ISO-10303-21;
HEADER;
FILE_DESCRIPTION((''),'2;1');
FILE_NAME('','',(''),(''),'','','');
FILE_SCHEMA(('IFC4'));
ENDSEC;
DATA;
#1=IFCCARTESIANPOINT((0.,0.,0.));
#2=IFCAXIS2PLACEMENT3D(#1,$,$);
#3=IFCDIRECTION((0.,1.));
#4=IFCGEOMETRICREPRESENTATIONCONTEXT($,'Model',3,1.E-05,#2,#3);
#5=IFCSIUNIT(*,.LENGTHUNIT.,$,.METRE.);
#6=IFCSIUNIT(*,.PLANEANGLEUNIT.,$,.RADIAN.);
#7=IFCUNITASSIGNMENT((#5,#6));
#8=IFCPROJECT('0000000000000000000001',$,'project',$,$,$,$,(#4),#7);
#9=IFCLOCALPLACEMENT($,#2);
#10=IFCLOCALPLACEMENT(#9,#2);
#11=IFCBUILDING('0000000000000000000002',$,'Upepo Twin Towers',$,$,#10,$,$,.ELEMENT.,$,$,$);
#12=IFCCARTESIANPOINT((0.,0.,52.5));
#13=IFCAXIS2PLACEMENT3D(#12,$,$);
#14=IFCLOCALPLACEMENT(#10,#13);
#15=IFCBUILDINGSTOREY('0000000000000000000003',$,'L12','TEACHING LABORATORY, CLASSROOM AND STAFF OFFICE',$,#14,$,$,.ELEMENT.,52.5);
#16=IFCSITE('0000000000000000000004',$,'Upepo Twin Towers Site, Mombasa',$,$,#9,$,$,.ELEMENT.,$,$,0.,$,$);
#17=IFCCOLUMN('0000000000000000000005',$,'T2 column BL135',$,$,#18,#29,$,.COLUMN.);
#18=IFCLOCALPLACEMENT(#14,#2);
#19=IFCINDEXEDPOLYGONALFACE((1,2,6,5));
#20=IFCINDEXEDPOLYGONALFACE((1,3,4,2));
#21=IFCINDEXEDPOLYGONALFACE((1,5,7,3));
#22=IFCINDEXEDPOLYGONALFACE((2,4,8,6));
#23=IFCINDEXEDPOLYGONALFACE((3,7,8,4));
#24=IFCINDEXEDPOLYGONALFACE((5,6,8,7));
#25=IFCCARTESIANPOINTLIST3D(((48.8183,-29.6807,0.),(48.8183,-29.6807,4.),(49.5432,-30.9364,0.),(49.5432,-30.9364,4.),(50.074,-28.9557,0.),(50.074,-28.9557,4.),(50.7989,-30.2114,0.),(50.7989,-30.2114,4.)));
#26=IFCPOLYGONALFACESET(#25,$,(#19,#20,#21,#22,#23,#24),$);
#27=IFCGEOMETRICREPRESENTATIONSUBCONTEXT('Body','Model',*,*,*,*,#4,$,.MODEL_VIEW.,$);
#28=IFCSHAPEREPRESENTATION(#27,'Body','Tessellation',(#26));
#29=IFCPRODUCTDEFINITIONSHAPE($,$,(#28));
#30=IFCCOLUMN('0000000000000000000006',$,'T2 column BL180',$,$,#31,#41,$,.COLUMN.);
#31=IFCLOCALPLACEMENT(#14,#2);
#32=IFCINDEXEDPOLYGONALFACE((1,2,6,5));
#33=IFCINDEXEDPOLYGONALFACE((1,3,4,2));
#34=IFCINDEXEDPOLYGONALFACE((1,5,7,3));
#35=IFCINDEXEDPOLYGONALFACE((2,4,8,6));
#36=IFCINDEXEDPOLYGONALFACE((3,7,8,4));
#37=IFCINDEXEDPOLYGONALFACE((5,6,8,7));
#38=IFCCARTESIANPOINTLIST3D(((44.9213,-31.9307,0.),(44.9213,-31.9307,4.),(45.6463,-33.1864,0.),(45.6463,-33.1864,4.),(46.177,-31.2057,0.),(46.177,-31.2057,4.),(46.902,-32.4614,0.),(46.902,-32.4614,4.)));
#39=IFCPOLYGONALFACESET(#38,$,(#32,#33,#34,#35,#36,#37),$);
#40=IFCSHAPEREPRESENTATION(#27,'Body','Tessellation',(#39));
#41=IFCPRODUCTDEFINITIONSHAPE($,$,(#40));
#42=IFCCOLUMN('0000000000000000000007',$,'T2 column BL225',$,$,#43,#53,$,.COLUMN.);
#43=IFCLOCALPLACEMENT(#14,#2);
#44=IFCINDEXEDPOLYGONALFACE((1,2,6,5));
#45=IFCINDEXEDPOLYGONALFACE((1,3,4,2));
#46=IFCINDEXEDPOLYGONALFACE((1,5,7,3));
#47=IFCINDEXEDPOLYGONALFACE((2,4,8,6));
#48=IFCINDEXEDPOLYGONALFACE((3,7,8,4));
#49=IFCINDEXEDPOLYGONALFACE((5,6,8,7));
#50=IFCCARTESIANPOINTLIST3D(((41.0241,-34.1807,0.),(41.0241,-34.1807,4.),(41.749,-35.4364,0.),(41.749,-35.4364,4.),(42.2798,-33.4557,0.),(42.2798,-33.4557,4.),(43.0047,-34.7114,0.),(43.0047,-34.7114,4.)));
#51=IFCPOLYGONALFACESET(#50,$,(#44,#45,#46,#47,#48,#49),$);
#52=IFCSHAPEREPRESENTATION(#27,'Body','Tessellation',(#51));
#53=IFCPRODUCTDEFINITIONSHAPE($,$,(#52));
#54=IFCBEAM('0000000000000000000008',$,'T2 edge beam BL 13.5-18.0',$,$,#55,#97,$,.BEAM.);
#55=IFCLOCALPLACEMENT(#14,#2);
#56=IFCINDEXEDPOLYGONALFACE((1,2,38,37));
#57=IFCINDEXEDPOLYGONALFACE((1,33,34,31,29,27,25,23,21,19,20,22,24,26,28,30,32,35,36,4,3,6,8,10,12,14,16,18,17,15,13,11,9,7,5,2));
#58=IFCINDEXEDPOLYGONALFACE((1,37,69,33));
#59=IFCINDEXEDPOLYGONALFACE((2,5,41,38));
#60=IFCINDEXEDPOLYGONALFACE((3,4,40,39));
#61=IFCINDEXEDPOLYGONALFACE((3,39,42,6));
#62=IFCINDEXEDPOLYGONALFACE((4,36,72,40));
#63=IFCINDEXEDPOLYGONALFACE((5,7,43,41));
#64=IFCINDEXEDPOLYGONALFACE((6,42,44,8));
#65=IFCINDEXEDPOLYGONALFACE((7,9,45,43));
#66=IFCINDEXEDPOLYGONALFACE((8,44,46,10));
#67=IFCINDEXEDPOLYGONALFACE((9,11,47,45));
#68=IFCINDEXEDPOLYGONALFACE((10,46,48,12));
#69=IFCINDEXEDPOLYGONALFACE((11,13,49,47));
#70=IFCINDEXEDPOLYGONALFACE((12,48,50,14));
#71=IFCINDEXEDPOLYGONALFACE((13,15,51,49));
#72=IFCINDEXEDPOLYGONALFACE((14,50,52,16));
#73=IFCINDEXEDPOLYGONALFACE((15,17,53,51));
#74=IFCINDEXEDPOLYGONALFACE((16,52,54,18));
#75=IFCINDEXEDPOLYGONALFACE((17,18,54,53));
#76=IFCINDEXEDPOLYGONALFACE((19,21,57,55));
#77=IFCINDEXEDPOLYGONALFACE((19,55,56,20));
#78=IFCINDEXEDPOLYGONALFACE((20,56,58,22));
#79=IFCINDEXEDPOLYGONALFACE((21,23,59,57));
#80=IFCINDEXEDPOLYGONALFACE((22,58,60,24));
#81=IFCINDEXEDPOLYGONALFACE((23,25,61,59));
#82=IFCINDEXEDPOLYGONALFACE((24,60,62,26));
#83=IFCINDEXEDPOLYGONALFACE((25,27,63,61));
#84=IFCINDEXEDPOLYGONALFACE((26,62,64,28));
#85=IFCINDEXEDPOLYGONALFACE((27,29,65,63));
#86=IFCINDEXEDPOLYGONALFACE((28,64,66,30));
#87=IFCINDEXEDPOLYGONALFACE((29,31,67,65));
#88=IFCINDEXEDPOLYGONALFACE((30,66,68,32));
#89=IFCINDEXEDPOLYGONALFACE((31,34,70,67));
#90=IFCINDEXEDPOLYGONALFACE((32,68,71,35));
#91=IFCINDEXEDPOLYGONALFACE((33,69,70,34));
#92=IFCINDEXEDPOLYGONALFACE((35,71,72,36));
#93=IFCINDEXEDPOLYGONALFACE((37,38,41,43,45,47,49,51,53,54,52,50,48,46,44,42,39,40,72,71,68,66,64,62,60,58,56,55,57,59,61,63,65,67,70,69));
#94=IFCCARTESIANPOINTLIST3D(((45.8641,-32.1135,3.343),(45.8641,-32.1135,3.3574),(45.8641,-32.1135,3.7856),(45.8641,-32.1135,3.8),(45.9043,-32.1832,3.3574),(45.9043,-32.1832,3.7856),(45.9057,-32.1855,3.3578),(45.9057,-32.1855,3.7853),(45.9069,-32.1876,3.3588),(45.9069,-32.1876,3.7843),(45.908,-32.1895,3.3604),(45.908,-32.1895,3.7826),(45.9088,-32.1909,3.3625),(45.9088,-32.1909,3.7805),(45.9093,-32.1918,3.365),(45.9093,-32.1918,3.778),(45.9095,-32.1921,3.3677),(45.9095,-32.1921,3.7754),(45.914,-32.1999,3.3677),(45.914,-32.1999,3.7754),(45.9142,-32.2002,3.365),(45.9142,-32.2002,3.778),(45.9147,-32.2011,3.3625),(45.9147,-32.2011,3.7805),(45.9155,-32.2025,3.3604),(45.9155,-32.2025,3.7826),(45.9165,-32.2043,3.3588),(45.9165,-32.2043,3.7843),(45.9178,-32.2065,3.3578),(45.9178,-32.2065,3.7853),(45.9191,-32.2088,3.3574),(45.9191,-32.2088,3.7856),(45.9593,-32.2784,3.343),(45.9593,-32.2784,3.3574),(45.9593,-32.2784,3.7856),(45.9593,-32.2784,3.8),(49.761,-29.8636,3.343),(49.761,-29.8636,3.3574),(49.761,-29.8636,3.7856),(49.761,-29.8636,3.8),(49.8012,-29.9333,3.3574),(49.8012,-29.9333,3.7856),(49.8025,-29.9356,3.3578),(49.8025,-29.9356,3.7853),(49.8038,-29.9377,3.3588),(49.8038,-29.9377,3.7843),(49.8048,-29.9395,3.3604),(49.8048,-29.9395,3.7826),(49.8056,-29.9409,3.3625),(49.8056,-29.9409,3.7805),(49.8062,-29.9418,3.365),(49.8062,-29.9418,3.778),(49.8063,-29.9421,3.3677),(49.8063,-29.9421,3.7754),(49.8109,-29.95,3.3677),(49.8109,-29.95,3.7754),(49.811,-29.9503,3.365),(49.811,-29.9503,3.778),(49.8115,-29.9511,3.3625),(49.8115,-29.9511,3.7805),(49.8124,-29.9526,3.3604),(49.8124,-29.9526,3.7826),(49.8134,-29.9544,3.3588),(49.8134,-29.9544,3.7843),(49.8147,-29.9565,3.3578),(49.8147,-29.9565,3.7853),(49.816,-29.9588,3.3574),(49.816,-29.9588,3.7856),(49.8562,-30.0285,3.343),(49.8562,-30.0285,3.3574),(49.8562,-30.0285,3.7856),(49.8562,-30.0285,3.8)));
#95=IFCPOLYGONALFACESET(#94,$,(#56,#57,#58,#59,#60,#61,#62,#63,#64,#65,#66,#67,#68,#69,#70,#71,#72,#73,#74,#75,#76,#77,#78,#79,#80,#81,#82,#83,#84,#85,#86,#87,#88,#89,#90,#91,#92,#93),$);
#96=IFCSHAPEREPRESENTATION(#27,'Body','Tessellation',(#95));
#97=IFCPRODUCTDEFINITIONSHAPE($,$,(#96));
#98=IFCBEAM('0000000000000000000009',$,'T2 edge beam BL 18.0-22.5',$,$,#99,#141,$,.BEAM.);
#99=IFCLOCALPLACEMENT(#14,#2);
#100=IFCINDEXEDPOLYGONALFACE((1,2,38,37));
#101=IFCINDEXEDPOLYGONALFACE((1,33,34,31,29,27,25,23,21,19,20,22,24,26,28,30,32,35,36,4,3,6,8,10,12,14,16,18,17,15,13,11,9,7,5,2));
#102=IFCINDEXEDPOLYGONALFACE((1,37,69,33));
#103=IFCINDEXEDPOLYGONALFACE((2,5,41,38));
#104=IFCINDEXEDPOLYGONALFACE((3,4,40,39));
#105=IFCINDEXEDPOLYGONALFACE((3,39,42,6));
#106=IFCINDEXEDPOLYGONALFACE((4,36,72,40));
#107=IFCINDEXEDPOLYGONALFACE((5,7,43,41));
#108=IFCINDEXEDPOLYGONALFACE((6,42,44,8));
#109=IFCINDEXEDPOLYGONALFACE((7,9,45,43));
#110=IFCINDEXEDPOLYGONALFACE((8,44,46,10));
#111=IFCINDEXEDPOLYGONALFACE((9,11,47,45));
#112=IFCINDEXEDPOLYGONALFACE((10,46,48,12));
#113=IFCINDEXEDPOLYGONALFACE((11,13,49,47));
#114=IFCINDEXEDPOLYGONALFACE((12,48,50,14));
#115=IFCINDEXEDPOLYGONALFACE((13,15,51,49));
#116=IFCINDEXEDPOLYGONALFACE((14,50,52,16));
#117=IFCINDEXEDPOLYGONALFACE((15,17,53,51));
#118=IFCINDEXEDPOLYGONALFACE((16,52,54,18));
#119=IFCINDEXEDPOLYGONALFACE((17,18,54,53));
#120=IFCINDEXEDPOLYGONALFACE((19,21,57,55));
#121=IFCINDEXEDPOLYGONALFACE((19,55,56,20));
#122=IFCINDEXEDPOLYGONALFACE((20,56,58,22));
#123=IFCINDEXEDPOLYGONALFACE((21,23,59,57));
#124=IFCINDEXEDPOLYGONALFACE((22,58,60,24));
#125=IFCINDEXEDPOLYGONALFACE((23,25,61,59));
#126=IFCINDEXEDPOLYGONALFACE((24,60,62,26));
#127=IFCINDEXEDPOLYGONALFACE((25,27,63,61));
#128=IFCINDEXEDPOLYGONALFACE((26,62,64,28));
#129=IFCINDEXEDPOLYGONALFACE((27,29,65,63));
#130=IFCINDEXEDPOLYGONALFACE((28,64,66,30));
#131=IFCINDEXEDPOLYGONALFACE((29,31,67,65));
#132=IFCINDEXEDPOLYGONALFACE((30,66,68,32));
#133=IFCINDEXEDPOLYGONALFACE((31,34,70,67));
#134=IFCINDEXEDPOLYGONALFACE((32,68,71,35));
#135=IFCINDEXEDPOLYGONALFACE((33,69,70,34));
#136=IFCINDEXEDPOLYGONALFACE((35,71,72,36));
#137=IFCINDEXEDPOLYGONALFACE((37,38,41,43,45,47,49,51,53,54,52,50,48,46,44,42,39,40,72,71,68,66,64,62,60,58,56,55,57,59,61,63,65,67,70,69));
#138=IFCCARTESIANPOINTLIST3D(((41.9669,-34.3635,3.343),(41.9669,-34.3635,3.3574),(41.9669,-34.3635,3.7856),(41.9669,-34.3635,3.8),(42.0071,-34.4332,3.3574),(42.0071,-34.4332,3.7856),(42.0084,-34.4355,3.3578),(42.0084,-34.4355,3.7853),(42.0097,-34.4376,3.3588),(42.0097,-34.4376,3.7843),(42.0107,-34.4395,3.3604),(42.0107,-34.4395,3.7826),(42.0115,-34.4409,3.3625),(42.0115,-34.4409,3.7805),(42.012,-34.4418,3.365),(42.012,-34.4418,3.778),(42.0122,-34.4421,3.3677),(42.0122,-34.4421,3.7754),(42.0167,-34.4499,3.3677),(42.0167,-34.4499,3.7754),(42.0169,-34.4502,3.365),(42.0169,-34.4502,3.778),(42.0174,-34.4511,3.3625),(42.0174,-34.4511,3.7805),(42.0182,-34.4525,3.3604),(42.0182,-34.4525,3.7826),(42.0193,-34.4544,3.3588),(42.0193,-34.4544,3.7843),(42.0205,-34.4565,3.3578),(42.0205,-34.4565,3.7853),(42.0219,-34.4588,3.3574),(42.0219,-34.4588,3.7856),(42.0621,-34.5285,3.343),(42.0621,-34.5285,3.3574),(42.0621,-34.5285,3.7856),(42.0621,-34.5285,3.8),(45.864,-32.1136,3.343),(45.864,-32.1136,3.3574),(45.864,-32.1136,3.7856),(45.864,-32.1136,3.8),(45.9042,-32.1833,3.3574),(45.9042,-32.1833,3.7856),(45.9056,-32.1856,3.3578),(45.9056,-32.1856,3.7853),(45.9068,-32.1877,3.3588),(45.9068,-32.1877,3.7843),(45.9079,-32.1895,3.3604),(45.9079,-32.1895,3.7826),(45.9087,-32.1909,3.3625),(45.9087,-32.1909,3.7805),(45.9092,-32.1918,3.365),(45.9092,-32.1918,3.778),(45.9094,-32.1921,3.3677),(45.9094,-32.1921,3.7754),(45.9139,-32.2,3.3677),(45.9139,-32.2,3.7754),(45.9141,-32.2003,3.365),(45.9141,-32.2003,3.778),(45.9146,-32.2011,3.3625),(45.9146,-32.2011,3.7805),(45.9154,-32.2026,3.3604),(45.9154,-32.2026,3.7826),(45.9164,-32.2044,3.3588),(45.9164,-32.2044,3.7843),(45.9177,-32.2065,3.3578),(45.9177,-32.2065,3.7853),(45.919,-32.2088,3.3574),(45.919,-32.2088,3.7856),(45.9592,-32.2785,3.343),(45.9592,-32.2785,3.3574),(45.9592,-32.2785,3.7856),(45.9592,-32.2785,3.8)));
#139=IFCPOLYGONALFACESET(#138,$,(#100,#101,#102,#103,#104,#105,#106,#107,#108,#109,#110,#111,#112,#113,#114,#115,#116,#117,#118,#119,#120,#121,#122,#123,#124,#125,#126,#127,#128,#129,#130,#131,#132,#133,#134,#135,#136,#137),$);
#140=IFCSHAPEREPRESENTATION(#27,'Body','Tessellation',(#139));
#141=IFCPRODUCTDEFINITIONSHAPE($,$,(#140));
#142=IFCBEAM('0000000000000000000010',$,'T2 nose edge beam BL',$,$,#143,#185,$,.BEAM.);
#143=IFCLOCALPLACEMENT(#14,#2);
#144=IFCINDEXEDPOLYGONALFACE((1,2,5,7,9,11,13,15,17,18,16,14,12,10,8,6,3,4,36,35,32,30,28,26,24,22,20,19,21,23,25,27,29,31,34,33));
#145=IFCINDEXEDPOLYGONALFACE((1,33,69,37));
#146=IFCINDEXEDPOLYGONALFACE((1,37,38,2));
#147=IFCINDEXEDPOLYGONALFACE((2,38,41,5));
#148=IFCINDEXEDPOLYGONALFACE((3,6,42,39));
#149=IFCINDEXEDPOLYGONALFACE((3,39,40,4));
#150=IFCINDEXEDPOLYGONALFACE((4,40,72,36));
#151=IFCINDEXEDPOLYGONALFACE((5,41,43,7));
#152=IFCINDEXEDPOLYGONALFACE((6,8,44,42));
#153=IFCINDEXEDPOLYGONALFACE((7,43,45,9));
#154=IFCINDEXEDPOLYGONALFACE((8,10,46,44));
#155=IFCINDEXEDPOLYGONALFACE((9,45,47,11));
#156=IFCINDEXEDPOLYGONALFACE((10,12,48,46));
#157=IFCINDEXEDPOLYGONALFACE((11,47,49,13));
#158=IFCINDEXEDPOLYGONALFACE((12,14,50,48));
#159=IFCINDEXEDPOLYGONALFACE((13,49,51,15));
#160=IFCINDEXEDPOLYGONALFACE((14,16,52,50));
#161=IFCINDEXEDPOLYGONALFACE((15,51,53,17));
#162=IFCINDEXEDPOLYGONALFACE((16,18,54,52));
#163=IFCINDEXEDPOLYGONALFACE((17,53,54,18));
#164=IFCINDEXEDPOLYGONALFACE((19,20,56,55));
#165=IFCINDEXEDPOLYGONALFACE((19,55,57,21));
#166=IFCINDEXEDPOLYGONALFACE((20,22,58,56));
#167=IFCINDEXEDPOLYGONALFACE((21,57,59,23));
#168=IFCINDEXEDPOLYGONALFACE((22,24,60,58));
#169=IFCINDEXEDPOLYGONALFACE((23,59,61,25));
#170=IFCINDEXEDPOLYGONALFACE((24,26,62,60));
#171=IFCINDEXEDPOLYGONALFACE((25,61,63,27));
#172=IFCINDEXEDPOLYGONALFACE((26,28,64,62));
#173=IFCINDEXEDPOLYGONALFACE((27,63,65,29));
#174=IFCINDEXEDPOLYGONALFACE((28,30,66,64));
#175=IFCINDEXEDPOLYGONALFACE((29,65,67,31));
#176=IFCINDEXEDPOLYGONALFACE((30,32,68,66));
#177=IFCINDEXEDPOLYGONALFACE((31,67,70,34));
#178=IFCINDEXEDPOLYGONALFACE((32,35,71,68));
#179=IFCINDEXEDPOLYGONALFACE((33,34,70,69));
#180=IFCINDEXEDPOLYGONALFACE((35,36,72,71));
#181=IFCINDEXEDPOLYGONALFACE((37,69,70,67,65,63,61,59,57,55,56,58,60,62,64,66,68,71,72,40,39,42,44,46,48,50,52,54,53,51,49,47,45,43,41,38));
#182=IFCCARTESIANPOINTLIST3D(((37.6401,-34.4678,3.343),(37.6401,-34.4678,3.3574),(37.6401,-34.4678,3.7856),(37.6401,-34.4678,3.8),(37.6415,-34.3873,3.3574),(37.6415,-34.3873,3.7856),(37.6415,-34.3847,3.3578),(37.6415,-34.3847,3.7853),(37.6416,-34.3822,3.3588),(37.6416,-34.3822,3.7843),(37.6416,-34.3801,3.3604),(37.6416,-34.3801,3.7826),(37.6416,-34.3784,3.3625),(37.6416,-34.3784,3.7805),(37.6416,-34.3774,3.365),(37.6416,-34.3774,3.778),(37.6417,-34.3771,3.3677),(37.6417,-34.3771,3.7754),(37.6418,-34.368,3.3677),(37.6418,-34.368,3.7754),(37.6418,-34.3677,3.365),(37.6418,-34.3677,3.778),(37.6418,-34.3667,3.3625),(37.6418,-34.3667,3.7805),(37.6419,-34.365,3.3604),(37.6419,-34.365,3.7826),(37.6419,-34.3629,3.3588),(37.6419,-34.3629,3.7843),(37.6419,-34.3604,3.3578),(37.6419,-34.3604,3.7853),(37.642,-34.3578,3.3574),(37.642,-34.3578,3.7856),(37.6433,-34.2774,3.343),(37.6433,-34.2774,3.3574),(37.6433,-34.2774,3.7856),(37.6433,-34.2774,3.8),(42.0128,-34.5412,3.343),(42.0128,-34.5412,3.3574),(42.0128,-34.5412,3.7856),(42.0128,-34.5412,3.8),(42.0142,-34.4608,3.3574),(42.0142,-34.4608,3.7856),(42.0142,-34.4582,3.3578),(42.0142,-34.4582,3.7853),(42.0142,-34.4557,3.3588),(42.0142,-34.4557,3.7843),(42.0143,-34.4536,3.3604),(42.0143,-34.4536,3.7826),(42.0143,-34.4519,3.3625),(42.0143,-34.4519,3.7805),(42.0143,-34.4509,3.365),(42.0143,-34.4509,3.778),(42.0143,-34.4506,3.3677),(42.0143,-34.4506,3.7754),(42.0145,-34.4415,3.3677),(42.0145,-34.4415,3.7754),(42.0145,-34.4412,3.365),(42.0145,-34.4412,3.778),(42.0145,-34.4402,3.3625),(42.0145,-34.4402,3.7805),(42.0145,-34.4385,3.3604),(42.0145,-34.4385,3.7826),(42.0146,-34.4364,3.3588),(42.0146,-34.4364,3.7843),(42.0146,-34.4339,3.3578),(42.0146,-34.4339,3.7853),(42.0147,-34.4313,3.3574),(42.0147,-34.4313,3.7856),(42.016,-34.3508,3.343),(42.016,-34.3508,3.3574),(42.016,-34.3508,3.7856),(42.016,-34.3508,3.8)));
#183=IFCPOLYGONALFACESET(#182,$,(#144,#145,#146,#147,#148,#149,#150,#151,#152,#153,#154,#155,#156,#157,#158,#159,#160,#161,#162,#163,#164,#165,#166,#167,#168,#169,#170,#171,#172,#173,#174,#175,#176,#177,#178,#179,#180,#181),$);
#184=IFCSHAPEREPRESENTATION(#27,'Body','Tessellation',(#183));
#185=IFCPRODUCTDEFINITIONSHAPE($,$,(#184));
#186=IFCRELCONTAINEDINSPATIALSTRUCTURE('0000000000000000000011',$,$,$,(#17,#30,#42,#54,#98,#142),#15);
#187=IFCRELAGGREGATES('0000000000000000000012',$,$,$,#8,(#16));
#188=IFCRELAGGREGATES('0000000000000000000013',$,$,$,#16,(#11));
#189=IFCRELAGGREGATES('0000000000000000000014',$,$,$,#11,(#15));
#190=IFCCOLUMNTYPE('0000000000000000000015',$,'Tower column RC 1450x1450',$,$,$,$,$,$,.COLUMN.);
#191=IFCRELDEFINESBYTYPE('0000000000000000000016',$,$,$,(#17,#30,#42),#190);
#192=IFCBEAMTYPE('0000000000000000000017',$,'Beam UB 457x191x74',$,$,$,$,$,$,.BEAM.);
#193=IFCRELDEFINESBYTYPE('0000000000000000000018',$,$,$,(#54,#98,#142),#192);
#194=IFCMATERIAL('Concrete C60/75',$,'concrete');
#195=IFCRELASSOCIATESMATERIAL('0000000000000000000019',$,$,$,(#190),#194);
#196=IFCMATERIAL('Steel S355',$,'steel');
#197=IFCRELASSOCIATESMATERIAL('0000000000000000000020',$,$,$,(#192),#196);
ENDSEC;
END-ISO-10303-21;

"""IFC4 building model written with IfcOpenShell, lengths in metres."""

from ifc_helpers import new_model, si_unit, direction, frame, origin, origin_2d, place, context, subcontext, project, spatial, rectangle, i_section, extrude, material, material_profile, profile_set, type_object, element, save


model = new_model("IFC4")

# Units and contexts
model_context = context("Model", 3, precision=1e-05, world=origin(), true_north=direction((0.0, 1.0)))
body_context = subcontext(model_context, "Body", "Model", "MODEL_VIEW")
ifc_project = project(units=[si_unit("LENGTHUNIT", "METRE"), si_unit("PLANEANGLEUNIT", "RADIAN")], contexts=[model_context])

# Site, building, storey
site_placement = place(None, origin())
site = spatial("IfcSite", under=ifc_project, at=site_placement, Name="Upepo Twin Towers Site, Mombasa", CompositionType="ELEMENT", RefElevation=0.0)
building_placement = place(site_placement, origin())
building = spatial("IfcBuilding", under=site, at=building_placement, Name="Upepo Twin Towers", CompositionType="ELEMENT")
storey_placement = place(building_placement, frame((0.0, 0.0, 52.5)))
storey = spatial("IfcBuildingStorey", under=building, at=storey_placement, Name="L12", Description="TEACHING LABORATORY, CLASSROOM AND STAFF OFFICE", CompositionType="ELEMENT", Elevation=52.5)

# Columns
ifc_material_1 = material(Name="Concrete C60/75", Category="concrete")
ifc_material_profile_1 = material_profile(ifc_material_1, rectangle(XDim=1.45, YDim=1.45, at=origin_2d()), Name="RC 1450x1450")
ifc_profile_set_1 = profile_set([ifc_material_profile_1], Name="Concrete C60/75")
column_type = type_object("IfcColumnType", Name="Tower column RC 1450x1450", PredefinedType="COLUMN", material=ifc_profile_set_1)
for number, where, z_axis, x_axis, name in (
    (1, (49.8086, -29.946, 0.0), (0.0, 0.0, 1.0), (0.866025, 0.5, 0.0), "T2 column BL135"),
    (2, (45.9116, -32.196, 0.0), (0.0, 0.0, 1.0), (0.866025, 0.5, 0.0), "T2 column BL180"),
    (3, (42.0144, -34.446, 0.0), (0.0, 0.0, 1.0), (0.866025, 0.5, 0.0), "T2 column BL225"),
):
    element("IfcColumn", number, at=place(storey_placement, frame(where, z_axis=z_axis, x_axis=x_axis)), inside=storey, type_object=column_type, Name=name, PredefinedType="COLUMN", context=body_context, shape_type="SweptSolid", body=[
        extrude(rectangle(XDim=1.45, YDim=1.45, at=origin_2d()), origin(), (0.0, 0.0, 1.0), 4.0),
    ])

# Beams
ifc_material_2 = material(Name="Steel S355", Category="steel")
ifc_material_profile_2 = material_profile(ifc_material_2, i_section(OverallWidth=0.1904, OverallDepth=0.457, WebThickness=0.009, FlangeThickness=0.0144, FilletRadius=0.0103, at=origin_2d()), Name="UB 457x191x74")
ifc_profile_set_2 = profile_set([ifc_material_profile_2], Name="Steel S355")
beam_type_1 = type_object("IfcBeamType", Name="Beam UB 457x191x74", PredefinedType="BEAM", material=ifc_profile_set_2)
beam_1_placement = place(storey_placement, frame((49.8086, -29.946, 3.5715), z_axis=(-0.866018, -0.500014, 0.0), x_axis=(0.500014, -0.866018, 0.0)))
element("IfcBeam", 4, at=beam_1_placement, inside=storey, type_object=beam_type_1, Name="T2 edge beam BL 13.5-18.0", PredefinedType="BEAM", context=body_context, shape_type="SweptSolid", body=[
    extrude(i_section(OverallWidth=0.1904, OverallDepth=0.457, WebThickness=0.009, FlangeThickness=0.0144, FilletRadius=0.0103, at=origin_2d()), origin(), (0.0, 0.0, 1.0), 4.4998),
])
beam_2_placement = place(storey_placement, frame((45.9116, -32.196, 3.5715), z_axis=(-0.866031, -0.49999, 0.0), x_axis=(0.49999, -0.866031, 0.0)))
element("IfcBeam", 5, at=beam_2_placement, inside=storey, type_object=beam_type_1, Name="T2 edge beam BL 18.0-22.5", PredefinedType="BEAM", context=body_context, shape_type="SweptSolid", body=[
    extrude(i_section(OverallWidth=0.1904, OverallDepth=0.457, WebThickness=0.009, FlangeThickness=0.0144, FilletRadius=0.0103, at=origin_2d()), origin(), (0.0, 0.0, 1.0), 4.5),
])
beam_3_placement = place(storey_placement, frame((42.0144, -34.446, 3.5715), z_axis=(-0.999859, 0.016804, 0.0), x_axis=(-0.016804, -0.999859, 0.0)))
element("IfcBeam", 6, at=beam_3_placement, inside=storey, type_object=beam_type_1, Name="T2 nose edge beam BL", PredefinedType="BEAM", context=body_context, shape_type="SweptSolid", body=[
    extrude(i_section(OverallWidth=0.1904, OverallDepth=0.457, WebThickness=0.009, FlangeThickness=0.0144, FilletRadius=0.0103, at=origin_2d()), origin(), (0.0, 0.0, 1.0), 4.3733),
])

save(model, "model.ifc")
